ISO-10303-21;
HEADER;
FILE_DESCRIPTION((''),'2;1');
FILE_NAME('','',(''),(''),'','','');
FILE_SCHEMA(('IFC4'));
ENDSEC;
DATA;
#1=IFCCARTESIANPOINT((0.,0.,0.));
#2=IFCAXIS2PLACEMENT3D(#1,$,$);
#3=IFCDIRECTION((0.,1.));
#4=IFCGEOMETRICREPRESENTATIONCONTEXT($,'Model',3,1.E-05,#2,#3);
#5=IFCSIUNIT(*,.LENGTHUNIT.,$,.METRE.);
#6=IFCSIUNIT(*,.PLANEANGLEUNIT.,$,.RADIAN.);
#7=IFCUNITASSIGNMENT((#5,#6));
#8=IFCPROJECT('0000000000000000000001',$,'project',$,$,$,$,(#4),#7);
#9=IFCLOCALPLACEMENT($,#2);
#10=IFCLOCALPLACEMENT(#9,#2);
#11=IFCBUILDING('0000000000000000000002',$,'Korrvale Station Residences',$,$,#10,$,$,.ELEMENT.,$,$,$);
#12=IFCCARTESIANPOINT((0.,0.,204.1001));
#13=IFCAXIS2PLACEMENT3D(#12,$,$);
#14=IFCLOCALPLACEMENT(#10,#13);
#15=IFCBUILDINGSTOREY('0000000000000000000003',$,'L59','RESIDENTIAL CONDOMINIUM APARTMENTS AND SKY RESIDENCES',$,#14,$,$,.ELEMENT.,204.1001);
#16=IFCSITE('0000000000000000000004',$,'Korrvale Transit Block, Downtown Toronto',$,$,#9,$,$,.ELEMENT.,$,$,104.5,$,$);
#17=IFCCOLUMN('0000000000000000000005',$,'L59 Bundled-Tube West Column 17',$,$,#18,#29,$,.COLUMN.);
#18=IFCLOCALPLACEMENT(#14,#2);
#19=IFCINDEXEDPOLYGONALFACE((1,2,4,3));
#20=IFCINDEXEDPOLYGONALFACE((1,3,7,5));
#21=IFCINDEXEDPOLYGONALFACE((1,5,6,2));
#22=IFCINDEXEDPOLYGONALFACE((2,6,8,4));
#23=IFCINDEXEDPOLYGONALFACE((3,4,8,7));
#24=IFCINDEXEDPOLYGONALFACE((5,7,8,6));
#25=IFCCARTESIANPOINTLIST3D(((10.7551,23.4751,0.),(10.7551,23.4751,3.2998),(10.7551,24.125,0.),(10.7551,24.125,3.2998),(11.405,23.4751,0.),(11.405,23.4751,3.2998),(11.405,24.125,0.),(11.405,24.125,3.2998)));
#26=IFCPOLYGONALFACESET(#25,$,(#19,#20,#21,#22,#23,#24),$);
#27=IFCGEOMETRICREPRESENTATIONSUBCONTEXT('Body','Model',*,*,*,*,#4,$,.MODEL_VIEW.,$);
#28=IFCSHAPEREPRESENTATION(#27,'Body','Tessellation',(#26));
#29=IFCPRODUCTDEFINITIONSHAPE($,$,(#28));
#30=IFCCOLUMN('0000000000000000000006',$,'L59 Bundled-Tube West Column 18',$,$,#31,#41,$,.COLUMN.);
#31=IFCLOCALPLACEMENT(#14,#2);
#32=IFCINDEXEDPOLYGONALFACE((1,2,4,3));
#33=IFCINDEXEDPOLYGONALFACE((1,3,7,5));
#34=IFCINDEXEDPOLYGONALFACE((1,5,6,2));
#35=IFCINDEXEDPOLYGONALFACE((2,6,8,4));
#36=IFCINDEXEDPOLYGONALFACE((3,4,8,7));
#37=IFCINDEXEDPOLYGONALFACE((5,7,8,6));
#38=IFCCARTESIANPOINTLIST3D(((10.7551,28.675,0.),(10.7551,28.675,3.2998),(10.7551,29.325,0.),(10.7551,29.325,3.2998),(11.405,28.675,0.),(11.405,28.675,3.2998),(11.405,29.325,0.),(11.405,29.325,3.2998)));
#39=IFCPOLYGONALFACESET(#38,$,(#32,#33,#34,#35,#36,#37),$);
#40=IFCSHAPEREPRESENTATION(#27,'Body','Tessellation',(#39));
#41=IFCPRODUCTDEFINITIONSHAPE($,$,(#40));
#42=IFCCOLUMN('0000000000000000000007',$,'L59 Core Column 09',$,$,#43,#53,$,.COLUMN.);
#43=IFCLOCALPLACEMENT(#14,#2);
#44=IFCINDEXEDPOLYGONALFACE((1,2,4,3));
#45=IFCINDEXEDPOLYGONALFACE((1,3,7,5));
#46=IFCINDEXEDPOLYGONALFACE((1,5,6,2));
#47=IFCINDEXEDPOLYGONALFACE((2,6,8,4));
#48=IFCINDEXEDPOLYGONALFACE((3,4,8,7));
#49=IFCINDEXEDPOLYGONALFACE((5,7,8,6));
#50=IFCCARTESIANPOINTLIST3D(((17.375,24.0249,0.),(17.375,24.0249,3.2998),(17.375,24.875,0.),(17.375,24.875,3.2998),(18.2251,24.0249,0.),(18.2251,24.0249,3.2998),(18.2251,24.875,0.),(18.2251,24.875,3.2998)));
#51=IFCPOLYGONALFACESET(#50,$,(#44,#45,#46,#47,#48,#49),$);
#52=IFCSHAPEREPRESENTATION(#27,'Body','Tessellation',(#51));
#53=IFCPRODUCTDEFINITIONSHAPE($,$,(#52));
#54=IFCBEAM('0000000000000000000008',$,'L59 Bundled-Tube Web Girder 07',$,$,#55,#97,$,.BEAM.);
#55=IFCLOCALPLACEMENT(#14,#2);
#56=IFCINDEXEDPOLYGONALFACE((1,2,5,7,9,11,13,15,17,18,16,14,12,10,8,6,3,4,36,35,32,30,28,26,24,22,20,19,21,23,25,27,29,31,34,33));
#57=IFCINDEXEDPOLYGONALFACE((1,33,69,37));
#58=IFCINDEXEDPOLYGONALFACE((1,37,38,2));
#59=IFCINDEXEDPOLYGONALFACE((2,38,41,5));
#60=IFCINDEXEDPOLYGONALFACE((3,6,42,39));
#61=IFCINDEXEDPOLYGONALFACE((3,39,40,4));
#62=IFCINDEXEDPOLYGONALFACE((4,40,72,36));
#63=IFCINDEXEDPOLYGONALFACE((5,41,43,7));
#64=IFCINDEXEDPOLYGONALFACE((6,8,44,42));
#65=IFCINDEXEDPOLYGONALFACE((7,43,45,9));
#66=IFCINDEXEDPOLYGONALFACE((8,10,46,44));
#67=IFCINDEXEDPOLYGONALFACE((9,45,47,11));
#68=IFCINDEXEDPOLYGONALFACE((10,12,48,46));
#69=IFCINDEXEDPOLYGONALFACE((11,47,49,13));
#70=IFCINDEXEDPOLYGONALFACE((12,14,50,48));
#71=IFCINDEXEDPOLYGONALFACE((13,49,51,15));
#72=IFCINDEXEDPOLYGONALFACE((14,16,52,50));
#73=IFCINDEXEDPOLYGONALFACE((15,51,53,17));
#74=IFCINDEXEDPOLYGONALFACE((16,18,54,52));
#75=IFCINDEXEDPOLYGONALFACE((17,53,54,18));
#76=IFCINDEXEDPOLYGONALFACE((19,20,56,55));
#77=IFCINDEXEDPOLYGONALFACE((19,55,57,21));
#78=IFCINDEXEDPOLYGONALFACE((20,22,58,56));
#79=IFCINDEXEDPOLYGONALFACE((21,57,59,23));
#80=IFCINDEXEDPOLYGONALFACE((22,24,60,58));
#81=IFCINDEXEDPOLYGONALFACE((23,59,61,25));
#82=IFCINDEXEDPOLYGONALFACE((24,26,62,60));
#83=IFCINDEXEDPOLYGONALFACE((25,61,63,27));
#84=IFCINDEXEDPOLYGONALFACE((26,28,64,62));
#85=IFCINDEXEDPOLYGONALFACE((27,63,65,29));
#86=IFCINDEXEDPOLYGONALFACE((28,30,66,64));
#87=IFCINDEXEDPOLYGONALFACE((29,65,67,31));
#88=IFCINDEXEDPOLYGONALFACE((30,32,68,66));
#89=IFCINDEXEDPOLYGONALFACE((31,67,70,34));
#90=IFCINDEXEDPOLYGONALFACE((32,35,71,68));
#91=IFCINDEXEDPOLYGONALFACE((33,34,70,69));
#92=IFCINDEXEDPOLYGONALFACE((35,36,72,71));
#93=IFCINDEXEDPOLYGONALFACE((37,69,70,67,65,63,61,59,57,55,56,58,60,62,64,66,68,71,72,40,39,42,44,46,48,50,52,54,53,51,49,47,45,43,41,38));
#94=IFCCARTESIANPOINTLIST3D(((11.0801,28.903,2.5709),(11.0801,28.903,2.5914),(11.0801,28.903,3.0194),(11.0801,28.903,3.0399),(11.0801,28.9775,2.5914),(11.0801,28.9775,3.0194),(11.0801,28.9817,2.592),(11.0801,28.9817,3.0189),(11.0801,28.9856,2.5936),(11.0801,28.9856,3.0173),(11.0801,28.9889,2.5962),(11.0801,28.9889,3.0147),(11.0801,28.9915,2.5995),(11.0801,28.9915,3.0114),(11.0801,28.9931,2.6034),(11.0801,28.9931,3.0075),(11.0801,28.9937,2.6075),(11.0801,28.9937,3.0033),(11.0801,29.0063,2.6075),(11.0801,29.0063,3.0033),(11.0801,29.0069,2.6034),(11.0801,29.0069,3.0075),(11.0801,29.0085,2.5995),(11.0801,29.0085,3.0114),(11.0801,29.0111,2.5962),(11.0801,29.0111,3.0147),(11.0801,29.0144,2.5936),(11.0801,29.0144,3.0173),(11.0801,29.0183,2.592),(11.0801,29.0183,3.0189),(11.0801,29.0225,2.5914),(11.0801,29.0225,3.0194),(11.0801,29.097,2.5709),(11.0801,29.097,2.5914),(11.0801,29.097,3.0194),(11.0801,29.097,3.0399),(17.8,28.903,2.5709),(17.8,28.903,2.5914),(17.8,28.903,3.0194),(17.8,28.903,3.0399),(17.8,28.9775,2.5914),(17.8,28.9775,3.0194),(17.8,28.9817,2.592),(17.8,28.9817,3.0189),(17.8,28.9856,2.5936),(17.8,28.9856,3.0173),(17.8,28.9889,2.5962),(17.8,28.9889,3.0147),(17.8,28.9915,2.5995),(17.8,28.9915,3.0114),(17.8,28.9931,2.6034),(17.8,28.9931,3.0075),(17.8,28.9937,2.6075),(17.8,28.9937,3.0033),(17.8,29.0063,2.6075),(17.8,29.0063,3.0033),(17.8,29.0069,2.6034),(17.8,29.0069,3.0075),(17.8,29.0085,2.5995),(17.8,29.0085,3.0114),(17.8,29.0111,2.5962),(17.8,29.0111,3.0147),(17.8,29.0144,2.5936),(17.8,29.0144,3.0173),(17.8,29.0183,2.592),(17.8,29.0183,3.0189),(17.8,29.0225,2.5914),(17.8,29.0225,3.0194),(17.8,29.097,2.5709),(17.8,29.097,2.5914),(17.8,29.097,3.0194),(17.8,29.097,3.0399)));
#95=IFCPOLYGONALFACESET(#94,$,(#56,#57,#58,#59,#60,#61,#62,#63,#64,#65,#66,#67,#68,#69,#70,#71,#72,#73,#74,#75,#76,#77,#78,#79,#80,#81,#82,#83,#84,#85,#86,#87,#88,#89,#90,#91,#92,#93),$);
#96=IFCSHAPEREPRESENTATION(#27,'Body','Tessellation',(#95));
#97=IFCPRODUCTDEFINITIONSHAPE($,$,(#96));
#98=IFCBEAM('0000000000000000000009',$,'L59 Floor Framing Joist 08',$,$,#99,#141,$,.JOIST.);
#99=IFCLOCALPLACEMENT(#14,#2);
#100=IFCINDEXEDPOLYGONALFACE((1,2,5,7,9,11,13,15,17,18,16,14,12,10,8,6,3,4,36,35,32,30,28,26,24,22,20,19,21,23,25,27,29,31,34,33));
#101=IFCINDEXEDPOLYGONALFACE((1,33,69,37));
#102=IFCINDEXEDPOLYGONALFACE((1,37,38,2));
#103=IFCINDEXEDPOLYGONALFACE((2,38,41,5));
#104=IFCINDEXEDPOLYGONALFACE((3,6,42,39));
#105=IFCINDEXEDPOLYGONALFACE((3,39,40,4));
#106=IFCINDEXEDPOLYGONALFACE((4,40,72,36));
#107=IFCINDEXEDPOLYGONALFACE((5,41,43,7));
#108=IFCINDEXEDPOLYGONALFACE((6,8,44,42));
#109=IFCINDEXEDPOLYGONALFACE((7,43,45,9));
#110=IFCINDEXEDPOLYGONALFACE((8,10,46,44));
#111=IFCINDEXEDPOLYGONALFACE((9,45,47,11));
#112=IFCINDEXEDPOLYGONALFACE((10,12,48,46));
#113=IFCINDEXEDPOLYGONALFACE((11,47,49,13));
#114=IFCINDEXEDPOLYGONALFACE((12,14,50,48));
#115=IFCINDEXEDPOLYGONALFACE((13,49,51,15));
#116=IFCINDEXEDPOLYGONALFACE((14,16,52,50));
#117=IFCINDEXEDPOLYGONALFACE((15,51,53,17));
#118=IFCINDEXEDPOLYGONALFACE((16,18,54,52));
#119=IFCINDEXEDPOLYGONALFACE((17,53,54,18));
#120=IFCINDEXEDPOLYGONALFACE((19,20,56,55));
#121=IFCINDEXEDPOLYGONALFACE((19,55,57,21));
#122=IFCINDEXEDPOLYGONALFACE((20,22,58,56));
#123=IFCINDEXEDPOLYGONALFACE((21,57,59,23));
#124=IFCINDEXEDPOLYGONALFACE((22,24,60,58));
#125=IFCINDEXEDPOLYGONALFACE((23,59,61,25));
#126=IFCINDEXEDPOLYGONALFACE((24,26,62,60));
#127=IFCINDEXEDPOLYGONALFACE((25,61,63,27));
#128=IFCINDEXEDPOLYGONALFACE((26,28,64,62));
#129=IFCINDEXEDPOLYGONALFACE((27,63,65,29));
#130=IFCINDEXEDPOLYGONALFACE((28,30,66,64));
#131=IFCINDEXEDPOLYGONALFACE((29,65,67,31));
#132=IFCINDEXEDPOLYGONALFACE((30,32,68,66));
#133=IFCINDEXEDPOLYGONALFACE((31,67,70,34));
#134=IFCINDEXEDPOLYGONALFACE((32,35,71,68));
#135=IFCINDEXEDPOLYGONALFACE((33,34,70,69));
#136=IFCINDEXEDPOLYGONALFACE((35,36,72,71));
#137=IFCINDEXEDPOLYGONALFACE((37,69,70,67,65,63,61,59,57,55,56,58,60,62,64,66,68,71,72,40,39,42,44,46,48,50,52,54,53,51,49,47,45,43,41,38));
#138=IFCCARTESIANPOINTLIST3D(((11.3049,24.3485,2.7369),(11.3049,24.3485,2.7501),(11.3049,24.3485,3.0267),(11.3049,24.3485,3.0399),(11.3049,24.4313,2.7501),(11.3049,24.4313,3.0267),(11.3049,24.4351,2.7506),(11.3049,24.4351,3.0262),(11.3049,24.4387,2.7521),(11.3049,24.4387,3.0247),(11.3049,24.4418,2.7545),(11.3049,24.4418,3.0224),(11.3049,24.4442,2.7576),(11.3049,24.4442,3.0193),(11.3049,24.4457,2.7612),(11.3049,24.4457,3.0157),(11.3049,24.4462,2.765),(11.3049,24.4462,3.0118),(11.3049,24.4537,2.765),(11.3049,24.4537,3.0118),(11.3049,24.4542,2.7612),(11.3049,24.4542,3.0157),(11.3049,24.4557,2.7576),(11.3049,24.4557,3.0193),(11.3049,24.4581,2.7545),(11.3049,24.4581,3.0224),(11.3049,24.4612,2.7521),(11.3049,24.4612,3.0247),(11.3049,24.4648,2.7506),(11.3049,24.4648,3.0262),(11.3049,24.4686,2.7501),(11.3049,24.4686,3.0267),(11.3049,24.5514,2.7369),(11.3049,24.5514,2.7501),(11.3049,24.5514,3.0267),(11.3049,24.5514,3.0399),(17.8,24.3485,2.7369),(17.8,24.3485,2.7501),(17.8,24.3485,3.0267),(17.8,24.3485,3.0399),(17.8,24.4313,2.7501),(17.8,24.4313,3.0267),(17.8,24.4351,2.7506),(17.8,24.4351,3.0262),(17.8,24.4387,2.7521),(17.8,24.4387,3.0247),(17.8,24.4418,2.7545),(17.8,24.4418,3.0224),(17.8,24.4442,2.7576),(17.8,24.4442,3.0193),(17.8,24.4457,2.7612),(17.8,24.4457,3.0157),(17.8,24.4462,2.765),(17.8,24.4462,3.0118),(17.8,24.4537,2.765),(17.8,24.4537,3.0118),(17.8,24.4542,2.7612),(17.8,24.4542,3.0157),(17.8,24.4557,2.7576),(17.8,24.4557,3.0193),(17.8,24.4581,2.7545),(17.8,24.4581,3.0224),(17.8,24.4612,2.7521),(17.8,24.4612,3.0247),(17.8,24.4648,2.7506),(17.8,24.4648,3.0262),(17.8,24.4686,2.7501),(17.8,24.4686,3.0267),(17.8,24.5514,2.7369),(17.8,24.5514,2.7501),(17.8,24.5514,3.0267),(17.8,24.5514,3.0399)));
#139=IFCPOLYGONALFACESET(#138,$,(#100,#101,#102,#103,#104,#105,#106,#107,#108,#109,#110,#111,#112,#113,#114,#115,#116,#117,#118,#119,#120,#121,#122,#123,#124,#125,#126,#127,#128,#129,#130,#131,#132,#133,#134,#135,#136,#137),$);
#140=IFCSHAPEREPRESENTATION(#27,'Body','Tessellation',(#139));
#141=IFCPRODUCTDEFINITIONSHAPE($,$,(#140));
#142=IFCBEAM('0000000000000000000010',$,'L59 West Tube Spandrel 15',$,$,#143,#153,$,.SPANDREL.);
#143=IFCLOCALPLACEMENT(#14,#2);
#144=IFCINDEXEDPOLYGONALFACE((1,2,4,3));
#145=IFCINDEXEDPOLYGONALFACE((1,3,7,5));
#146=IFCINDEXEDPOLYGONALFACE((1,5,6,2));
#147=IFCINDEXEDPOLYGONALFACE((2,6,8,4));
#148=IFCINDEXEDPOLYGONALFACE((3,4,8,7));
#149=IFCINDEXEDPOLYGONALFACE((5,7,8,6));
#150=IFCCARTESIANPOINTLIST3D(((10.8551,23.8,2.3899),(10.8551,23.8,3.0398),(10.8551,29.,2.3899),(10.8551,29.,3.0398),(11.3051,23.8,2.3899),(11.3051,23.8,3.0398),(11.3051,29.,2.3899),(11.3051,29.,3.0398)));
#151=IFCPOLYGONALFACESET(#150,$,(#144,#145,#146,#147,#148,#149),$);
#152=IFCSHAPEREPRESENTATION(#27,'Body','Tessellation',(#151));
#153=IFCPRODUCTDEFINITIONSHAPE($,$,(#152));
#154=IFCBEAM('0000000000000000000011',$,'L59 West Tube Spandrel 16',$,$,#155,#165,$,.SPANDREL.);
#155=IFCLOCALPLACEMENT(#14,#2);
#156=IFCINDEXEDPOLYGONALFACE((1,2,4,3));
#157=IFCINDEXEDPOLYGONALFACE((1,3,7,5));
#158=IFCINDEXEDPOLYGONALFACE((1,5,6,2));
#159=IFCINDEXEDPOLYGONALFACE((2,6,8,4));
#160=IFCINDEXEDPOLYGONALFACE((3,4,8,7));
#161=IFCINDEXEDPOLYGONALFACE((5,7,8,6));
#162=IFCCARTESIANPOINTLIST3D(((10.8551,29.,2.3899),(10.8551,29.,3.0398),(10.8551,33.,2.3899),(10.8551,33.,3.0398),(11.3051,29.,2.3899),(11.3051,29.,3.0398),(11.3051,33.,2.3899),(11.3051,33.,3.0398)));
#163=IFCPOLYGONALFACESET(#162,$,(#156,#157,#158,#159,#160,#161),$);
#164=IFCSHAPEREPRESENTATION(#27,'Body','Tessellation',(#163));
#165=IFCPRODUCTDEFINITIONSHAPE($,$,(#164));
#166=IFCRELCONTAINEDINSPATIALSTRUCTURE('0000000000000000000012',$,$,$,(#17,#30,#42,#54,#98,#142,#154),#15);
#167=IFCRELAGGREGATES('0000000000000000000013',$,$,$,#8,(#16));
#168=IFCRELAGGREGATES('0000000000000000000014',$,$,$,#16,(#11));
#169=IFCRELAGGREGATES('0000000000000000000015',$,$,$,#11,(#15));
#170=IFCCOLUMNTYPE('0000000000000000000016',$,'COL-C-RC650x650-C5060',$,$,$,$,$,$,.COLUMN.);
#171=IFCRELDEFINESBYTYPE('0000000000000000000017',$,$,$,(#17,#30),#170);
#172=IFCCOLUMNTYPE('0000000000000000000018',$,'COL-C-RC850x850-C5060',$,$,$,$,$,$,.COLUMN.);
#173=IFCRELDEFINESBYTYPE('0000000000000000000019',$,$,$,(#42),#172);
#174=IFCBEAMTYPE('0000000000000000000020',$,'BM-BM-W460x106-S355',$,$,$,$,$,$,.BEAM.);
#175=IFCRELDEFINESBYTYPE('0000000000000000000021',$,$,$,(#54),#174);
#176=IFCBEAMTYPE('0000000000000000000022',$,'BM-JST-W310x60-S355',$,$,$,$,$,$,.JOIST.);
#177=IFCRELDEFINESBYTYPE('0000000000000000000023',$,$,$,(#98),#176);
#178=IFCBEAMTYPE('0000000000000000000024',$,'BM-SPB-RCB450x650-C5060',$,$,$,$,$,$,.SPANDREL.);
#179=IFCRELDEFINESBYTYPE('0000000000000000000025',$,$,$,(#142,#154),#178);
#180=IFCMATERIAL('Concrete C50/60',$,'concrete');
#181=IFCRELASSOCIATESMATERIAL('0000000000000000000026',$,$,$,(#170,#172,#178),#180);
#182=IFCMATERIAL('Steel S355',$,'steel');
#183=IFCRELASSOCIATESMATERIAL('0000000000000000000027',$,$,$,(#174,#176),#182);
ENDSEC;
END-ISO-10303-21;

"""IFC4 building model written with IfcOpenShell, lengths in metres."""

from ifc_helpers import new_model, si_unit, direction, frame, origin, origin_2d, place, context, subcontext, project, spatial, rectangle, i_section, extrude, material, material_profile, profile_set, type_object, element, save


model = new_model("IFC4")

# Units and contexts
model_context = context("Model", 3, precision=1e-05, world=origin(), true_north=direction((0.0, 1.0)))
body_context = subcontext(model_context, "Body", "Model", "MODEL_VIEW")
ifc_project = project(units=[si_unit("LENGTHUNIT", "METRE"), si_unit("PLANEANGLEUNIT", "RADIAN")], contexts=[model_context])

# Site, building, storey
site_placement = place(None, origin())
site = spatial("IfcSite", under=ifc_project, at=site_placement, Name="Korrvale Transit Block, Downtown Toronto", CompositionType="ELEMENT", RefElevation=104.5)
building_placement = place(site_placement, origin())
building = spatial("IfcBuilding", under=site, at=building_placement, Name="Korrvale Station Residences", CompositionType="ELEMENT")
storey_placement = place(building_placement, frame((0.0, 0.0, 204.1001)))
storey = spatial("IfcBuildingStorey", under=building, at=storey_placement, Name="L59", Description="RESIDENTIAL CONDOMINIUM APARTMENTS AND SKY RESIDENCES", CompositionType="ELEMENT", Elevation=204.1001)

# Columns
ifc_material_1 = material(Name="Concrete C50/60", Category="concrete")
ifc_material_profile_1 = material_profile(ifc_material_1, rectangle(XDim=0.6499, YDim=0.6499, at=origin_2d()), Name="RC650x650")
ifc_profile_set_1 = profile_set([ifc_material_profile_1], Name="Concrete C50/60")
column_type_1 = type_object("IfcColumnType", Name="COL-C-RC650x650-C5060", PredefinedType="COLUMN", material=ifc_profile_set_1)
for number, where, z_axis, x_axis, name in (
    (1, (11.0801, 23.8, 0.0), (0.0, 0.0, 1.0), (1.0, 0.0, 0.0), "L59 Bundled-Tube West Column 17"),
    (2, (11.0801, 29.0, 0.0), (0.0, 0.0, 1.0), (1.0, 0.0, 0.0), "L59 Bundled-Tube West Column 18"),
):
    element("IfcColumn", number, at=place(storey_placement, frame(where, z_axis=z_axis, x_axis=x_axis)), inside=storey, type_object=column_type_1, Name=name, PredefinedType="COLUMN", context=body_context, shape_type="SweptSolid", body=[
        extrude(rectangle(XDim=0.6499, YDim=0.6499, at=origin_2d()), origin(), (0.0, 0.0, 1.0), 3.2998),
    ])
ifc_material_profile_2 = material_profile(ifc_material_1, rectangle(XDim=0.8501, YDim=0.8501, at=origin_2d()), Name="RC850x850")
ifc_profile_set_2 = profile_set([ifc_material_profile_2], Name="Concrete C50/60")
column_type_2 = type_object("IfcColumnType", Name="COL-C-RC850x850-C5060", PredefinedType="COLUMN", material=ifc_profile_set_2)
column_placement = place(storey_placement, frame((17.8, 24.45, 0.0), z_axis=(0.0, 0.0, 1.0), x_axis=(1.0, 0.0, 0.0)))
element("IfcColumn", 3, at=column_placement, inside=storey, type_object=column_type_2, Name="L59 Core Column 09", PredefinedType="COLUMN", context=body_context, shape_type="SweptSolid", body=[
    extrude(rectangle(XDim=0.8501, YDim=0.8501, at=origin_2d()), origin(), (0.0, 0.0, 1.0), 3.2998),
])

# Beams
ifc_material_2 = material(Name="Steel S355", Category="steel")
ifc_material_profile_3 = material_profile(ifc_material_2, i_section(OverallWidth=0.1941, OverallDepth=0.469, WebThickness=0.0127, FlangeThickness=0.0205, FilletRadius=0.0161, at=origin_2d()), Name="W460x106")
ifc_profile_set_3 = profile_set([ifc_material_profile_3], Name="Steel S355")
beam_type_1 = type_object("IfcBeamType", Name="BM-BM-W460x106-S355", PredefinedType="BEAM", material=ifc_profile_set_3)
beam_1_placement = place(storey_placement, frame((11.0801, 29.0, 2.8054), z_axis=(1.0, 0.0, 0.0), x_axis=(0.0, 1.0, 0.0)))
element("IfcBeam", 4, at=beam_1_placement, inside=storey, type_object=beam_type_1, Name="L59 Bundled-Tube Web Girder 07", PredefinedType="BEAM", context=body_context, shape_type="SweptSolid", body=[
    extrude(i_section(OverallWidth=0.1941, OverallDepth=0.469, WebThickness=0.0127, FlangeThickness=0.0205, FilletRadius=0.0161, at=origin_2d()), origin(), (0.0, 0.0, 1.0), 6.72),
])
ifc_material_profile_4 = material_profile(ifc_material_2, i_section(OverallWidth=0.2029, OverallDepth=0.303, WebThickness=0.0076, FlangeThickness=0.0132, FilletRadius=0.0149, at=origin_2d()), Name="W310x60")
ifc_profile_set_4 = profile_set([ifc_material_profile_4], Name="Steel S355")
beam_type_2 = type_object("IfcBeamType", Name="BM-JST-W310x60-S355", PredefinedType="JOIST", material=ifc_profile_set_4)
beam_2_placement = place(storey_placement, frame((11.3049, 24.45, 2.8884), z_axis=(1.0, 0.0, 0.0), x_axis=(0.0, 1.0, 0.0)))
element("IfcBeam", 5, at=beam_2_placement, inside=storey, type_object=beam_type_2, Name="L59 Floor Framing Joist 08", PredefinedType="JOIST", context=body_context, shape_type="SweptSolid", body=[
    extrude(i_section(OverallWidth=0.2029, OverallDepth=0.303, WebThickness=0.0076, FlangeThickness=0.0132, FilletRadius=0.0149, at=origin_2d()), origin(), (0.0, 0.0, 1.0), 6.4951),
])
ifc_material_profile_5 = material_profile(ifc_material_1, rectangle(XDim=0.45, YDim=0.6499, at=origin_2d()), Name="RCB450x650")
ifc_profile_set_5 = profile_set([ifc_material_profile_5], Name="Concrete C50/60")
beam_type_3 = type_object("IfcBeamType", Name="BM-SPB-RCB450x650-C5060", PredefinedType="SPANDREL", material=ifc_profile_set_5)
beam_3_placement = place(storey_placement, frame((11.0801, 23.8, 2.7148), z_axis=(0.0, 1.0, 0.0), x_axis=(-1.0, 0.0, 0.0)))
element("IfcBeam", 6, at=beam_3_placement, inside=storey, type_object=beam_type_3, Name="L59 West Tube Spandrel 15", PredefinedType="SPANDREL", context=body_context, shape_type="SweptSolid", body=[
    extrude(rectangle(XDim=0.45, YDim=0.6499, at=origin_2d()), origin(), (0.0, 0.0, 1.0), 5.2),
])
beam_4_placement = place(storey_placement, frame((11.0801, 29.0, 2.7148), z_axis=(0.0, 1.0, 0.0), x_axis=(-1.0, 0.0, 0.0)))
element("IfcBeam", 7, at=beam_4_placement, inside=storey, type_object=beam_type_3, Name="L59 West Tube Spandrel 16", PredefinedType="SPANDREL", context=body_context, shape_type="SweptSolid", body=[
    extrude(rectangle(XDim=0.45, YDim=0.6499, at=origin_2d()), origin(), (0.0, 0.0, 1.0), 4.0),
])

save(model, "model.ifc")
